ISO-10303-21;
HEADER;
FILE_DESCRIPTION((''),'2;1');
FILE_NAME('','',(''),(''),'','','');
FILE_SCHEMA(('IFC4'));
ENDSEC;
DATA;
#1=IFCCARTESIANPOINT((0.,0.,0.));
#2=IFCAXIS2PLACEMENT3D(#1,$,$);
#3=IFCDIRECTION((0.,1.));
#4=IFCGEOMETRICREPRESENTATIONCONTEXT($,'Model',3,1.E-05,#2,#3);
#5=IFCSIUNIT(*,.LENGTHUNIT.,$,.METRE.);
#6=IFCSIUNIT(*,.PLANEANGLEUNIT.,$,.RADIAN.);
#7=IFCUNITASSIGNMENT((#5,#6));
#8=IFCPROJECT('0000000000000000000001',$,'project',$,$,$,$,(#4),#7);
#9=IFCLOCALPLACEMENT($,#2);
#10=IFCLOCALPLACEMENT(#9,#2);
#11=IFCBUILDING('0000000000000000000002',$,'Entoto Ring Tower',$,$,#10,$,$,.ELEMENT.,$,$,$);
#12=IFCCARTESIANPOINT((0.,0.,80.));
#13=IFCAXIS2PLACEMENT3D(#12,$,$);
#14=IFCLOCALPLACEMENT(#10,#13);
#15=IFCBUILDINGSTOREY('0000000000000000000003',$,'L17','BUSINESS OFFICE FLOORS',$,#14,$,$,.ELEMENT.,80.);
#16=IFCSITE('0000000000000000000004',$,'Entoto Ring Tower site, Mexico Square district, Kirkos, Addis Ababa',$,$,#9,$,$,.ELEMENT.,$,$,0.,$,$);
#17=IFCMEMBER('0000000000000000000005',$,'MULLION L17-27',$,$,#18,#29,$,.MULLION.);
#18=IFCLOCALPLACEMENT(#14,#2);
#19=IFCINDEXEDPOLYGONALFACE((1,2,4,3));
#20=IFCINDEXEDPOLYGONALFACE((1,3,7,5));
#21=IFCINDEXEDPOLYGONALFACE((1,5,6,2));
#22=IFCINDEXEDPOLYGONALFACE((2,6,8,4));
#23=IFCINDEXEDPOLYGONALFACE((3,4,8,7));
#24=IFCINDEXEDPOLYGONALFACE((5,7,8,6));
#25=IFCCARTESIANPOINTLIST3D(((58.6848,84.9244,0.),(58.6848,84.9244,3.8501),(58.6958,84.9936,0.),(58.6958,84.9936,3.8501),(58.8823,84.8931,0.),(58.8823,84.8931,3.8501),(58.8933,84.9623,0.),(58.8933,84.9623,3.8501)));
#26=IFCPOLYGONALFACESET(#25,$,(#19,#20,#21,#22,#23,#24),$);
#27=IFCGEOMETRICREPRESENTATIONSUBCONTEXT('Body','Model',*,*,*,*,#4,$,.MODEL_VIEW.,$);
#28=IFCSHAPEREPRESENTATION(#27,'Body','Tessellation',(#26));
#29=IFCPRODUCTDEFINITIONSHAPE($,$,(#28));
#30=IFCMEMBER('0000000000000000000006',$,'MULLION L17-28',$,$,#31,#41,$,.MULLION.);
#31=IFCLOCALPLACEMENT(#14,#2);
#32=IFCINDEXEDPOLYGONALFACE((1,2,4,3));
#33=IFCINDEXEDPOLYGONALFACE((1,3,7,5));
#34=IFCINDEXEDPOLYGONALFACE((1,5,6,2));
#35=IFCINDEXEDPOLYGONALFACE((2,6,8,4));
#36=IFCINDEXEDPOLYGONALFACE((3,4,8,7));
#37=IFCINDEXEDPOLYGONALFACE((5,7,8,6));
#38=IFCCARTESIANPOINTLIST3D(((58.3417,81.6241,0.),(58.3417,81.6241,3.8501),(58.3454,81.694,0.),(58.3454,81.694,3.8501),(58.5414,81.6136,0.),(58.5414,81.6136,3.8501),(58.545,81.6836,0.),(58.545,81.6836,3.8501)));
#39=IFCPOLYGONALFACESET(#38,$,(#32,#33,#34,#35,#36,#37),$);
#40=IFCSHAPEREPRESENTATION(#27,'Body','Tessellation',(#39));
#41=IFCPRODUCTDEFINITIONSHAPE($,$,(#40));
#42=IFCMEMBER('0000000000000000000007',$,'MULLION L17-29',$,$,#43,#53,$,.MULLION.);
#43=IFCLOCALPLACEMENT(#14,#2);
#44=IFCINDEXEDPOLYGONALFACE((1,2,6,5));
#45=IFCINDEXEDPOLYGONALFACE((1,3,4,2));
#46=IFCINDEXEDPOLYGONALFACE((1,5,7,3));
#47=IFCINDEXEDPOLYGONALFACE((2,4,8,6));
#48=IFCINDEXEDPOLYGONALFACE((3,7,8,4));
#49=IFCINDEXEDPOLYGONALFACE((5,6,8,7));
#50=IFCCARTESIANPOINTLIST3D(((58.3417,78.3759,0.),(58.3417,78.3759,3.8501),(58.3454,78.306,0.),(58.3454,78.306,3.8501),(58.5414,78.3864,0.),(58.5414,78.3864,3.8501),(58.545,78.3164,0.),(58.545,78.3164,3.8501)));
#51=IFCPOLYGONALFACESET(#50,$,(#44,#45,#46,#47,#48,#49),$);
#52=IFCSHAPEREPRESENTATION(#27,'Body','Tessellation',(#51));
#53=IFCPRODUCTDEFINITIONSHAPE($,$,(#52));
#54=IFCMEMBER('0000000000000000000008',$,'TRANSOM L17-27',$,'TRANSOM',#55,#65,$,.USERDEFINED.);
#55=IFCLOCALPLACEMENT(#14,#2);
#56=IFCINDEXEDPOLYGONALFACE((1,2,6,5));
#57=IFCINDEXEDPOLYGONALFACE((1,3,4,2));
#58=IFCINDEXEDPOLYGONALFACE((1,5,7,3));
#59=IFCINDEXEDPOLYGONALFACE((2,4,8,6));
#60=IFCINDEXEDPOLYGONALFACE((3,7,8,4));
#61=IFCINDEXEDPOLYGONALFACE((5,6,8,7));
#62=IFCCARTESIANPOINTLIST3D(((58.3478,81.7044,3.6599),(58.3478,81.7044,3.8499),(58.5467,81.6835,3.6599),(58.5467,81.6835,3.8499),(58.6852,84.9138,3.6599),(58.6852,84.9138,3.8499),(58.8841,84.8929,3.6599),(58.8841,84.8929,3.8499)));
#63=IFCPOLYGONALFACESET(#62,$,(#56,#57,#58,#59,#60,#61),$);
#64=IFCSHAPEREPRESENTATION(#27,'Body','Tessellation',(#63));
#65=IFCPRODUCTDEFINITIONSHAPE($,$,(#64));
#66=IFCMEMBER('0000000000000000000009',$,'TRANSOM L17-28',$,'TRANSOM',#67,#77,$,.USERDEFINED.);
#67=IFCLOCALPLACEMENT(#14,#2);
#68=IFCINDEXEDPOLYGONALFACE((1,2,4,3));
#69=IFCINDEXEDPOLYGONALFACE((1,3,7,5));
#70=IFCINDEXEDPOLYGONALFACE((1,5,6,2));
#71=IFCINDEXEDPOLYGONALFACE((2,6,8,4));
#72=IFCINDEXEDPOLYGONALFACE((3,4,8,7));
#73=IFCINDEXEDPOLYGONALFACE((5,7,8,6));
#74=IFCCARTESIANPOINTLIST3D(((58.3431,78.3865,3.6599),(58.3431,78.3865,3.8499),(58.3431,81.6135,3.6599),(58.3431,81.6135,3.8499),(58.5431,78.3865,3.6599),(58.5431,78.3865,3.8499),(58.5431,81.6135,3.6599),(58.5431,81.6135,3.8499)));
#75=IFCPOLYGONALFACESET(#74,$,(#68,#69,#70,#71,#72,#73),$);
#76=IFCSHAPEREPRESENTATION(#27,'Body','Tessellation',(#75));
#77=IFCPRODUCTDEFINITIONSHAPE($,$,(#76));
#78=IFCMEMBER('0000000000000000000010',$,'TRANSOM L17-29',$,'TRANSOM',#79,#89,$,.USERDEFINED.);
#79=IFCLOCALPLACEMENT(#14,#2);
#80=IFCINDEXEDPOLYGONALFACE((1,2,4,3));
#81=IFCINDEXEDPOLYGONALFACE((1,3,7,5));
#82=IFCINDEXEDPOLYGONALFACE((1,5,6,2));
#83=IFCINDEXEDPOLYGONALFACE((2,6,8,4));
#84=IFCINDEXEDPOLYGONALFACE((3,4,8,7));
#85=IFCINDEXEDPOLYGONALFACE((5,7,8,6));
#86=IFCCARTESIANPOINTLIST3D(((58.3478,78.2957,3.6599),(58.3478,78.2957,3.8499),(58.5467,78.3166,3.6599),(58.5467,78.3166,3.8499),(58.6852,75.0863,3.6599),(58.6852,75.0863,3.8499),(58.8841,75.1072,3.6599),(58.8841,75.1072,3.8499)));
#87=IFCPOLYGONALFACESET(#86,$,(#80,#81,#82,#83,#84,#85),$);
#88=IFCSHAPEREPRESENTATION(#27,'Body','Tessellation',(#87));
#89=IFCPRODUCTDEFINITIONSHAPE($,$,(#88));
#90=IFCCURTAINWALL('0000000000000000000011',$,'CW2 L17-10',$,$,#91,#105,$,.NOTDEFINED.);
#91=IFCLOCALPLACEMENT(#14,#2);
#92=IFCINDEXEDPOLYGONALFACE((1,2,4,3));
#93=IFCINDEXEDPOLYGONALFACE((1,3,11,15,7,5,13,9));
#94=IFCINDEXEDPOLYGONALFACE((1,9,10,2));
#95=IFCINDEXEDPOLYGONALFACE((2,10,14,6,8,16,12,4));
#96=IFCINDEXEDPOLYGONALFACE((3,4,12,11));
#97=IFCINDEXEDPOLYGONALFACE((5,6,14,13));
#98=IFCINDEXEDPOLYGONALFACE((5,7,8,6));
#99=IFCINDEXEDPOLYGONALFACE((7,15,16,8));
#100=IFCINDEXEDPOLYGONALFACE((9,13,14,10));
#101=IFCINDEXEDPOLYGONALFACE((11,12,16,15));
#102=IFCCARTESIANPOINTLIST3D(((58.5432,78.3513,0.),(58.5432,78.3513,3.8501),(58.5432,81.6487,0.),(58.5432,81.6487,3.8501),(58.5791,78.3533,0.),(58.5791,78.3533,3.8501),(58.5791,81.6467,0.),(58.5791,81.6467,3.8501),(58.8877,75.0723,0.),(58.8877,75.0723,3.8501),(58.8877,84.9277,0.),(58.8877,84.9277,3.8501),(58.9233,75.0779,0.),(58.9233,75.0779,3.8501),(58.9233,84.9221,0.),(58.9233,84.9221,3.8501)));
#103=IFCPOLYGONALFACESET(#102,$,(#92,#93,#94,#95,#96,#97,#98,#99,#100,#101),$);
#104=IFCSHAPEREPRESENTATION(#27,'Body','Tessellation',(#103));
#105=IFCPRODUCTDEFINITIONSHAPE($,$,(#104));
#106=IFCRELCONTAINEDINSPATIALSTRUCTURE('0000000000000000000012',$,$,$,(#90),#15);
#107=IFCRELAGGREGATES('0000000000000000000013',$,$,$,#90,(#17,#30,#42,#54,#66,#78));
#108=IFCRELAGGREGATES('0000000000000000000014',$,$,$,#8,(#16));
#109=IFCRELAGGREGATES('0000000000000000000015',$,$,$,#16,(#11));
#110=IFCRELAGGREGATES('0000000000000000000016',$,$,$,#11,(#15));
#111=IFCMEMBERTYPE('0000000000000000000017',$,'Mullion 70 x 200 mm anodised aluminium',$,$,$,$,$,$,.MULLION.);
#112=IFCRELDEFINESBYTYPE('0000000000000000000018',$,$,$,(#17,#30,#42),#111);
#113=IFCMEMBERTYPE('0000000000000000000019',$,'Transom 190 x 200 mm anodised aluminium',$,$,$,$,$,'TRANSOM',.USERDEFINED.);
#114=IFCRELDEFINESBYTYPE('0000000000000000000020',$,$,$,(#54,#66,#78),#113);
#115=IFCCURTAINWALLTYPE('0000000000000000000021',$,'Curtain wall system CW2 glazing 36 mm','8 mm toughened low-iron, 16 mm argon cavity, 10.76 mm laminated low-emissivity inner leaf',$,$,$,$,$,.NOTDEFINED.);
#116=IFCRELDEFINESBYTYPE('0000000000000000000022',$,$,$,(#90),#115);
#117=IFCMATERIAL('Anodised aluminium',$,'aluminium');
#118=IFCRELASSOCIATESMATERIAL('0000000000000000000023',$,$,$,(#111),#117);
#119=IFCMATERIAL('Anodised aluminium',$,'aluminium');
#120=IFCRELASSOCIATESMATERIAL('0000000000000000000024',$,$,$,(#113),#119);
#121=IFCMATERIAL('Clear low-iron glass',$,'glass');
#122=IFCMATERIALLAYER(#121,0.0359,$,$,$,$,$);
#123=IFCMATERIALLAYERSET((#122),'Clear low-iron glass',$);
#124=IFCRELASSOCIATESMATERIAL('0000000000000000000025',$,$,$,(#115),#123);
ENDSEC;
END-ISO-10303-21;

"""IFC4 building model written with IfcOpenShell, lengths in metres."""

from ifc_helpers import new_model, si_unit, direction, frame, origin, origin_2d, place, context, subcontext, project, spatial, polyline, rectangle, outline, extrude, material, layer, layer_set, material_profile, profile_set, type_object, element, aggregate, save


model = new_model("IFC4")

# Units and contexts
model_context = context("Model", 3, precision=1e-05, world=origin(), true_north=direction((0.0, 1.0)))
body_context = subcontext(model_context, "Body", "Model", "MODEL_VIEW")
ifc_project = project(units=[si_unit("LENGTHUNIT", "METRE"), si_unit("PLANEANGLEUNIT", "RADIAN")], contexts=[model_context])

# Members
ifc_material_1 = material(Name="Anodised aluminium", Category="aluminium")
ifc_material_profile_1 = material_profile(ifc_material_1, rectangle(XDim=0.0701, YDim=0.2, at=origin_2d()), Name="Mullion 70 x 200 mm anodised aluminium")
ifc_profile_set_1 = profile_set([ifc_material_profile_1], Name="Anodised aluminium")
member_type_1 = type_object("IfcMemberType", Name="Mullion 70 x 200 mm anodised aluminium", PredefinedType="MULLION", material=ifc_profile_set_1)
site_placement = place(None, origin())
building_placement = place(site_placement, origin())
storey_placement = place(building_placement, frame((0.0, 0.0, 80.0)))
member_1_placement = place(storey_placement, frame((58.7891, 84.9434, 0.0), z_axis=(0.0, 0.0, 1.0), x_axis=(-0.156434, -0.987688, 0.0)))
member_1 = element("IfcMember", 1, at=member_1_placement, type_object=member_type_1, Name="MULLION L17-27", PredefinedType="MULLION", context=body_context, shape_type="SweptSolid", body=[
    extrude(rectangle(XDim=0.0701, YDim=0.2, at=origin_2d()), origin(), (0.0, 0.0, 1.0), 3.8501),
])
member_2_placement = place(storey_placement, frame((58.4434, 81.6538, 0.0), z_axis=(0.0, 0.0, 1.0), x_axis=(-0.052336, -0.99863, 0.0)))
member_2 = element("IfcMember", 2, at=member_2_placement, type_object=member_type_1, Name="MULLION L17-28", PredefinedType="MULLION", context=body_context, shape_type="SweptSolid", body=[
    extrude(rectangle(XDim=0.0701, YDim=0.2, at=origin_2d()), origin(), (0.0, 0.0, 1.0), 3.8501),
])
member_3_placement = place(storey_placement, frame((58.4434, 78.3462, 0.0), z_axis=(0.0, 0.0, 1.0), x_axis=(0.052336, -0.99863, 0.0)))
member_3 = element("IfcMember", 3, at=member_3_placement, type_object=member_type_1, Name="MULLION L17-29", PredefinedType="MULLION", context=body_context, shape_type="SweptSolid", body=[
    extrude(rectangle(XDim=0.0701, YDim=0.2, at=origin_2d()), origin(), (0.0, 0.0, 1.0), 3.8501),
])
ifc_material_2 = material(Name="Anodised aluminium", Category="aluminium")
ifc_material_profile_2 = material_profile(ifc_material_2, rectangle(XDim=0.2, YDim=0.1899, at=origin_2d()), Name="Transom 190 x 200 mm anodised aluminium")
ifc_profile_set_2 = profile_set([ifc_material_profile_2], Name="Anodised aluminium")
member_type_2 = type_object("IfcMemberType", Name="Transom 190 x 200 mm anodised aluminium", ElementType="TRANSOM", PredefinedType="USERDEFINED", material=ifc_profile_set_2)
member_4_placement = place(storey_placement, frame((58.7847, 84.9033, 3.7549), z_axis=(-0.104551, -0.99452, 0.0), x_axis=(0.99452, -0.104551, 0.0)))
member_4 = element("IfcMember", 4, at=member_4_placement, type_object=member_type_2, Name="TRANSOM L17-27", ObjectType="TRANSOM", PredefinedType="USERDEFINED", context=body_context, shape_type="SweptSolid", body=[
    extrude(rectangle(XDim=0.2, YDim=0.1899, at=origin_2d()), origin(), (0.0, 0.0, 1.0), 3.2271),
])
member_5_placement = place(storey_placement, frame((58.4431, 81.6135, 3.7549), z_axis=(0.0, -1.0, 0.0), x_axis=(1.0, 0.0, 0.0)))
member_5 = element("IfcMember", 5, at=member_5_placement, type_object=member_type_2, Name="TRANSOM L17-28", ObjectType="TRANSOM", PredefinedType="USERDEFINED", context=body_context, shape_type="SweptSolid", body=[
    extrude(rectangle(XDim=0.2, YDim=0.1899, at=origin_2d()), origin(), (0.0, 0.0, 1.0), 3.2271),
])
member_6_placement = place(storey_placement, frame((58.4473, 78.3062, 3.7549), z_axis=(0.104551, -0.99452, 0.0), x_axis=(0.99452, 0.104551, 0.0)))
member_6 = element("IfcMember", 6, at=member_6_placement, type_object=member_type_2, Name="TRANSOM L17-29", ObjectType="TRANSOM", PredefinedType="USERDEFINED", context=body_context, shape_type="SweptSolid", body=[
    extrude(rectangle(XDim=0.2, YDim=0.1899, at=origin_2d()), origin(), (0.0, 0.0, 1.0), 3.2271),
])

# Site, building, storey
site = spatial("IfcSite", under=ifc_project, at=site_placement, Name="Entoto Ring Tower site, Mexico Square district, Kirkos, Addis Ababa", CompositionType="ELEMENT", RefElevation=0.0)
building = spatial("IfcBuilding", under=site, at=building_placement, Name="Entoto Ring Tower", CompositionType="ELEMENT")
storey = spatial("IfcBuildingStorey", under=building, at=storey_placement, Name="L17", Description="BUSINESS OFFICE FLOORS", CompositionType="ELEMENT", Elevation=80.0)

# Curtain wall
ifc_material_3 = material(Name="Clear low-iron glass", Category="glass")
ifc_layer = layer(ifc_material_3, 0.0359)
ifc_layer_set = layer_set([ifc_layer], Name="Clear low-iron glass")
curtain_wall_type = type_object("IfcCurtainWallType", Name="Curtain wall system CW2 glazing 36 mm", Description="8 mm toughened low-iron, 16 mm argon cavity, 10.76 mm laminated low-emissivity inner leaf", PredefinedType="NOTDEFINED", material=ifc_layer_set)
curtain_wall_1_placement = place(storey_placement, origin())
curtain_wall_1 = element("IfcCurtainWall", 7, at=curtain_wall_1_placement, inside=storey, type_object=curtain_wall_type, Name="CW2 L17-10", PredefinedType="NOTDEFINED", context=body_context, shape_type="SweptSolid", body=[
    extrude(outline(polyline([(58.8877, 84.9277), (58.5432, 81.6487), (58.5432, 78.3513), (58.8877, 75.0723), (58.9233, 75.0779), (58.5791, 78.3533), (58.5791, 81.6467), (58.9233, 84.9221), (58.8877, 84.9277)])), origin(), (0.0, 0.0, 1.0), 3.8501),
])
aggregate(curtain_wall_1, [member_1, member_2, member_3, member_4, member_5, member_6])

save(model, "model.ifc")
